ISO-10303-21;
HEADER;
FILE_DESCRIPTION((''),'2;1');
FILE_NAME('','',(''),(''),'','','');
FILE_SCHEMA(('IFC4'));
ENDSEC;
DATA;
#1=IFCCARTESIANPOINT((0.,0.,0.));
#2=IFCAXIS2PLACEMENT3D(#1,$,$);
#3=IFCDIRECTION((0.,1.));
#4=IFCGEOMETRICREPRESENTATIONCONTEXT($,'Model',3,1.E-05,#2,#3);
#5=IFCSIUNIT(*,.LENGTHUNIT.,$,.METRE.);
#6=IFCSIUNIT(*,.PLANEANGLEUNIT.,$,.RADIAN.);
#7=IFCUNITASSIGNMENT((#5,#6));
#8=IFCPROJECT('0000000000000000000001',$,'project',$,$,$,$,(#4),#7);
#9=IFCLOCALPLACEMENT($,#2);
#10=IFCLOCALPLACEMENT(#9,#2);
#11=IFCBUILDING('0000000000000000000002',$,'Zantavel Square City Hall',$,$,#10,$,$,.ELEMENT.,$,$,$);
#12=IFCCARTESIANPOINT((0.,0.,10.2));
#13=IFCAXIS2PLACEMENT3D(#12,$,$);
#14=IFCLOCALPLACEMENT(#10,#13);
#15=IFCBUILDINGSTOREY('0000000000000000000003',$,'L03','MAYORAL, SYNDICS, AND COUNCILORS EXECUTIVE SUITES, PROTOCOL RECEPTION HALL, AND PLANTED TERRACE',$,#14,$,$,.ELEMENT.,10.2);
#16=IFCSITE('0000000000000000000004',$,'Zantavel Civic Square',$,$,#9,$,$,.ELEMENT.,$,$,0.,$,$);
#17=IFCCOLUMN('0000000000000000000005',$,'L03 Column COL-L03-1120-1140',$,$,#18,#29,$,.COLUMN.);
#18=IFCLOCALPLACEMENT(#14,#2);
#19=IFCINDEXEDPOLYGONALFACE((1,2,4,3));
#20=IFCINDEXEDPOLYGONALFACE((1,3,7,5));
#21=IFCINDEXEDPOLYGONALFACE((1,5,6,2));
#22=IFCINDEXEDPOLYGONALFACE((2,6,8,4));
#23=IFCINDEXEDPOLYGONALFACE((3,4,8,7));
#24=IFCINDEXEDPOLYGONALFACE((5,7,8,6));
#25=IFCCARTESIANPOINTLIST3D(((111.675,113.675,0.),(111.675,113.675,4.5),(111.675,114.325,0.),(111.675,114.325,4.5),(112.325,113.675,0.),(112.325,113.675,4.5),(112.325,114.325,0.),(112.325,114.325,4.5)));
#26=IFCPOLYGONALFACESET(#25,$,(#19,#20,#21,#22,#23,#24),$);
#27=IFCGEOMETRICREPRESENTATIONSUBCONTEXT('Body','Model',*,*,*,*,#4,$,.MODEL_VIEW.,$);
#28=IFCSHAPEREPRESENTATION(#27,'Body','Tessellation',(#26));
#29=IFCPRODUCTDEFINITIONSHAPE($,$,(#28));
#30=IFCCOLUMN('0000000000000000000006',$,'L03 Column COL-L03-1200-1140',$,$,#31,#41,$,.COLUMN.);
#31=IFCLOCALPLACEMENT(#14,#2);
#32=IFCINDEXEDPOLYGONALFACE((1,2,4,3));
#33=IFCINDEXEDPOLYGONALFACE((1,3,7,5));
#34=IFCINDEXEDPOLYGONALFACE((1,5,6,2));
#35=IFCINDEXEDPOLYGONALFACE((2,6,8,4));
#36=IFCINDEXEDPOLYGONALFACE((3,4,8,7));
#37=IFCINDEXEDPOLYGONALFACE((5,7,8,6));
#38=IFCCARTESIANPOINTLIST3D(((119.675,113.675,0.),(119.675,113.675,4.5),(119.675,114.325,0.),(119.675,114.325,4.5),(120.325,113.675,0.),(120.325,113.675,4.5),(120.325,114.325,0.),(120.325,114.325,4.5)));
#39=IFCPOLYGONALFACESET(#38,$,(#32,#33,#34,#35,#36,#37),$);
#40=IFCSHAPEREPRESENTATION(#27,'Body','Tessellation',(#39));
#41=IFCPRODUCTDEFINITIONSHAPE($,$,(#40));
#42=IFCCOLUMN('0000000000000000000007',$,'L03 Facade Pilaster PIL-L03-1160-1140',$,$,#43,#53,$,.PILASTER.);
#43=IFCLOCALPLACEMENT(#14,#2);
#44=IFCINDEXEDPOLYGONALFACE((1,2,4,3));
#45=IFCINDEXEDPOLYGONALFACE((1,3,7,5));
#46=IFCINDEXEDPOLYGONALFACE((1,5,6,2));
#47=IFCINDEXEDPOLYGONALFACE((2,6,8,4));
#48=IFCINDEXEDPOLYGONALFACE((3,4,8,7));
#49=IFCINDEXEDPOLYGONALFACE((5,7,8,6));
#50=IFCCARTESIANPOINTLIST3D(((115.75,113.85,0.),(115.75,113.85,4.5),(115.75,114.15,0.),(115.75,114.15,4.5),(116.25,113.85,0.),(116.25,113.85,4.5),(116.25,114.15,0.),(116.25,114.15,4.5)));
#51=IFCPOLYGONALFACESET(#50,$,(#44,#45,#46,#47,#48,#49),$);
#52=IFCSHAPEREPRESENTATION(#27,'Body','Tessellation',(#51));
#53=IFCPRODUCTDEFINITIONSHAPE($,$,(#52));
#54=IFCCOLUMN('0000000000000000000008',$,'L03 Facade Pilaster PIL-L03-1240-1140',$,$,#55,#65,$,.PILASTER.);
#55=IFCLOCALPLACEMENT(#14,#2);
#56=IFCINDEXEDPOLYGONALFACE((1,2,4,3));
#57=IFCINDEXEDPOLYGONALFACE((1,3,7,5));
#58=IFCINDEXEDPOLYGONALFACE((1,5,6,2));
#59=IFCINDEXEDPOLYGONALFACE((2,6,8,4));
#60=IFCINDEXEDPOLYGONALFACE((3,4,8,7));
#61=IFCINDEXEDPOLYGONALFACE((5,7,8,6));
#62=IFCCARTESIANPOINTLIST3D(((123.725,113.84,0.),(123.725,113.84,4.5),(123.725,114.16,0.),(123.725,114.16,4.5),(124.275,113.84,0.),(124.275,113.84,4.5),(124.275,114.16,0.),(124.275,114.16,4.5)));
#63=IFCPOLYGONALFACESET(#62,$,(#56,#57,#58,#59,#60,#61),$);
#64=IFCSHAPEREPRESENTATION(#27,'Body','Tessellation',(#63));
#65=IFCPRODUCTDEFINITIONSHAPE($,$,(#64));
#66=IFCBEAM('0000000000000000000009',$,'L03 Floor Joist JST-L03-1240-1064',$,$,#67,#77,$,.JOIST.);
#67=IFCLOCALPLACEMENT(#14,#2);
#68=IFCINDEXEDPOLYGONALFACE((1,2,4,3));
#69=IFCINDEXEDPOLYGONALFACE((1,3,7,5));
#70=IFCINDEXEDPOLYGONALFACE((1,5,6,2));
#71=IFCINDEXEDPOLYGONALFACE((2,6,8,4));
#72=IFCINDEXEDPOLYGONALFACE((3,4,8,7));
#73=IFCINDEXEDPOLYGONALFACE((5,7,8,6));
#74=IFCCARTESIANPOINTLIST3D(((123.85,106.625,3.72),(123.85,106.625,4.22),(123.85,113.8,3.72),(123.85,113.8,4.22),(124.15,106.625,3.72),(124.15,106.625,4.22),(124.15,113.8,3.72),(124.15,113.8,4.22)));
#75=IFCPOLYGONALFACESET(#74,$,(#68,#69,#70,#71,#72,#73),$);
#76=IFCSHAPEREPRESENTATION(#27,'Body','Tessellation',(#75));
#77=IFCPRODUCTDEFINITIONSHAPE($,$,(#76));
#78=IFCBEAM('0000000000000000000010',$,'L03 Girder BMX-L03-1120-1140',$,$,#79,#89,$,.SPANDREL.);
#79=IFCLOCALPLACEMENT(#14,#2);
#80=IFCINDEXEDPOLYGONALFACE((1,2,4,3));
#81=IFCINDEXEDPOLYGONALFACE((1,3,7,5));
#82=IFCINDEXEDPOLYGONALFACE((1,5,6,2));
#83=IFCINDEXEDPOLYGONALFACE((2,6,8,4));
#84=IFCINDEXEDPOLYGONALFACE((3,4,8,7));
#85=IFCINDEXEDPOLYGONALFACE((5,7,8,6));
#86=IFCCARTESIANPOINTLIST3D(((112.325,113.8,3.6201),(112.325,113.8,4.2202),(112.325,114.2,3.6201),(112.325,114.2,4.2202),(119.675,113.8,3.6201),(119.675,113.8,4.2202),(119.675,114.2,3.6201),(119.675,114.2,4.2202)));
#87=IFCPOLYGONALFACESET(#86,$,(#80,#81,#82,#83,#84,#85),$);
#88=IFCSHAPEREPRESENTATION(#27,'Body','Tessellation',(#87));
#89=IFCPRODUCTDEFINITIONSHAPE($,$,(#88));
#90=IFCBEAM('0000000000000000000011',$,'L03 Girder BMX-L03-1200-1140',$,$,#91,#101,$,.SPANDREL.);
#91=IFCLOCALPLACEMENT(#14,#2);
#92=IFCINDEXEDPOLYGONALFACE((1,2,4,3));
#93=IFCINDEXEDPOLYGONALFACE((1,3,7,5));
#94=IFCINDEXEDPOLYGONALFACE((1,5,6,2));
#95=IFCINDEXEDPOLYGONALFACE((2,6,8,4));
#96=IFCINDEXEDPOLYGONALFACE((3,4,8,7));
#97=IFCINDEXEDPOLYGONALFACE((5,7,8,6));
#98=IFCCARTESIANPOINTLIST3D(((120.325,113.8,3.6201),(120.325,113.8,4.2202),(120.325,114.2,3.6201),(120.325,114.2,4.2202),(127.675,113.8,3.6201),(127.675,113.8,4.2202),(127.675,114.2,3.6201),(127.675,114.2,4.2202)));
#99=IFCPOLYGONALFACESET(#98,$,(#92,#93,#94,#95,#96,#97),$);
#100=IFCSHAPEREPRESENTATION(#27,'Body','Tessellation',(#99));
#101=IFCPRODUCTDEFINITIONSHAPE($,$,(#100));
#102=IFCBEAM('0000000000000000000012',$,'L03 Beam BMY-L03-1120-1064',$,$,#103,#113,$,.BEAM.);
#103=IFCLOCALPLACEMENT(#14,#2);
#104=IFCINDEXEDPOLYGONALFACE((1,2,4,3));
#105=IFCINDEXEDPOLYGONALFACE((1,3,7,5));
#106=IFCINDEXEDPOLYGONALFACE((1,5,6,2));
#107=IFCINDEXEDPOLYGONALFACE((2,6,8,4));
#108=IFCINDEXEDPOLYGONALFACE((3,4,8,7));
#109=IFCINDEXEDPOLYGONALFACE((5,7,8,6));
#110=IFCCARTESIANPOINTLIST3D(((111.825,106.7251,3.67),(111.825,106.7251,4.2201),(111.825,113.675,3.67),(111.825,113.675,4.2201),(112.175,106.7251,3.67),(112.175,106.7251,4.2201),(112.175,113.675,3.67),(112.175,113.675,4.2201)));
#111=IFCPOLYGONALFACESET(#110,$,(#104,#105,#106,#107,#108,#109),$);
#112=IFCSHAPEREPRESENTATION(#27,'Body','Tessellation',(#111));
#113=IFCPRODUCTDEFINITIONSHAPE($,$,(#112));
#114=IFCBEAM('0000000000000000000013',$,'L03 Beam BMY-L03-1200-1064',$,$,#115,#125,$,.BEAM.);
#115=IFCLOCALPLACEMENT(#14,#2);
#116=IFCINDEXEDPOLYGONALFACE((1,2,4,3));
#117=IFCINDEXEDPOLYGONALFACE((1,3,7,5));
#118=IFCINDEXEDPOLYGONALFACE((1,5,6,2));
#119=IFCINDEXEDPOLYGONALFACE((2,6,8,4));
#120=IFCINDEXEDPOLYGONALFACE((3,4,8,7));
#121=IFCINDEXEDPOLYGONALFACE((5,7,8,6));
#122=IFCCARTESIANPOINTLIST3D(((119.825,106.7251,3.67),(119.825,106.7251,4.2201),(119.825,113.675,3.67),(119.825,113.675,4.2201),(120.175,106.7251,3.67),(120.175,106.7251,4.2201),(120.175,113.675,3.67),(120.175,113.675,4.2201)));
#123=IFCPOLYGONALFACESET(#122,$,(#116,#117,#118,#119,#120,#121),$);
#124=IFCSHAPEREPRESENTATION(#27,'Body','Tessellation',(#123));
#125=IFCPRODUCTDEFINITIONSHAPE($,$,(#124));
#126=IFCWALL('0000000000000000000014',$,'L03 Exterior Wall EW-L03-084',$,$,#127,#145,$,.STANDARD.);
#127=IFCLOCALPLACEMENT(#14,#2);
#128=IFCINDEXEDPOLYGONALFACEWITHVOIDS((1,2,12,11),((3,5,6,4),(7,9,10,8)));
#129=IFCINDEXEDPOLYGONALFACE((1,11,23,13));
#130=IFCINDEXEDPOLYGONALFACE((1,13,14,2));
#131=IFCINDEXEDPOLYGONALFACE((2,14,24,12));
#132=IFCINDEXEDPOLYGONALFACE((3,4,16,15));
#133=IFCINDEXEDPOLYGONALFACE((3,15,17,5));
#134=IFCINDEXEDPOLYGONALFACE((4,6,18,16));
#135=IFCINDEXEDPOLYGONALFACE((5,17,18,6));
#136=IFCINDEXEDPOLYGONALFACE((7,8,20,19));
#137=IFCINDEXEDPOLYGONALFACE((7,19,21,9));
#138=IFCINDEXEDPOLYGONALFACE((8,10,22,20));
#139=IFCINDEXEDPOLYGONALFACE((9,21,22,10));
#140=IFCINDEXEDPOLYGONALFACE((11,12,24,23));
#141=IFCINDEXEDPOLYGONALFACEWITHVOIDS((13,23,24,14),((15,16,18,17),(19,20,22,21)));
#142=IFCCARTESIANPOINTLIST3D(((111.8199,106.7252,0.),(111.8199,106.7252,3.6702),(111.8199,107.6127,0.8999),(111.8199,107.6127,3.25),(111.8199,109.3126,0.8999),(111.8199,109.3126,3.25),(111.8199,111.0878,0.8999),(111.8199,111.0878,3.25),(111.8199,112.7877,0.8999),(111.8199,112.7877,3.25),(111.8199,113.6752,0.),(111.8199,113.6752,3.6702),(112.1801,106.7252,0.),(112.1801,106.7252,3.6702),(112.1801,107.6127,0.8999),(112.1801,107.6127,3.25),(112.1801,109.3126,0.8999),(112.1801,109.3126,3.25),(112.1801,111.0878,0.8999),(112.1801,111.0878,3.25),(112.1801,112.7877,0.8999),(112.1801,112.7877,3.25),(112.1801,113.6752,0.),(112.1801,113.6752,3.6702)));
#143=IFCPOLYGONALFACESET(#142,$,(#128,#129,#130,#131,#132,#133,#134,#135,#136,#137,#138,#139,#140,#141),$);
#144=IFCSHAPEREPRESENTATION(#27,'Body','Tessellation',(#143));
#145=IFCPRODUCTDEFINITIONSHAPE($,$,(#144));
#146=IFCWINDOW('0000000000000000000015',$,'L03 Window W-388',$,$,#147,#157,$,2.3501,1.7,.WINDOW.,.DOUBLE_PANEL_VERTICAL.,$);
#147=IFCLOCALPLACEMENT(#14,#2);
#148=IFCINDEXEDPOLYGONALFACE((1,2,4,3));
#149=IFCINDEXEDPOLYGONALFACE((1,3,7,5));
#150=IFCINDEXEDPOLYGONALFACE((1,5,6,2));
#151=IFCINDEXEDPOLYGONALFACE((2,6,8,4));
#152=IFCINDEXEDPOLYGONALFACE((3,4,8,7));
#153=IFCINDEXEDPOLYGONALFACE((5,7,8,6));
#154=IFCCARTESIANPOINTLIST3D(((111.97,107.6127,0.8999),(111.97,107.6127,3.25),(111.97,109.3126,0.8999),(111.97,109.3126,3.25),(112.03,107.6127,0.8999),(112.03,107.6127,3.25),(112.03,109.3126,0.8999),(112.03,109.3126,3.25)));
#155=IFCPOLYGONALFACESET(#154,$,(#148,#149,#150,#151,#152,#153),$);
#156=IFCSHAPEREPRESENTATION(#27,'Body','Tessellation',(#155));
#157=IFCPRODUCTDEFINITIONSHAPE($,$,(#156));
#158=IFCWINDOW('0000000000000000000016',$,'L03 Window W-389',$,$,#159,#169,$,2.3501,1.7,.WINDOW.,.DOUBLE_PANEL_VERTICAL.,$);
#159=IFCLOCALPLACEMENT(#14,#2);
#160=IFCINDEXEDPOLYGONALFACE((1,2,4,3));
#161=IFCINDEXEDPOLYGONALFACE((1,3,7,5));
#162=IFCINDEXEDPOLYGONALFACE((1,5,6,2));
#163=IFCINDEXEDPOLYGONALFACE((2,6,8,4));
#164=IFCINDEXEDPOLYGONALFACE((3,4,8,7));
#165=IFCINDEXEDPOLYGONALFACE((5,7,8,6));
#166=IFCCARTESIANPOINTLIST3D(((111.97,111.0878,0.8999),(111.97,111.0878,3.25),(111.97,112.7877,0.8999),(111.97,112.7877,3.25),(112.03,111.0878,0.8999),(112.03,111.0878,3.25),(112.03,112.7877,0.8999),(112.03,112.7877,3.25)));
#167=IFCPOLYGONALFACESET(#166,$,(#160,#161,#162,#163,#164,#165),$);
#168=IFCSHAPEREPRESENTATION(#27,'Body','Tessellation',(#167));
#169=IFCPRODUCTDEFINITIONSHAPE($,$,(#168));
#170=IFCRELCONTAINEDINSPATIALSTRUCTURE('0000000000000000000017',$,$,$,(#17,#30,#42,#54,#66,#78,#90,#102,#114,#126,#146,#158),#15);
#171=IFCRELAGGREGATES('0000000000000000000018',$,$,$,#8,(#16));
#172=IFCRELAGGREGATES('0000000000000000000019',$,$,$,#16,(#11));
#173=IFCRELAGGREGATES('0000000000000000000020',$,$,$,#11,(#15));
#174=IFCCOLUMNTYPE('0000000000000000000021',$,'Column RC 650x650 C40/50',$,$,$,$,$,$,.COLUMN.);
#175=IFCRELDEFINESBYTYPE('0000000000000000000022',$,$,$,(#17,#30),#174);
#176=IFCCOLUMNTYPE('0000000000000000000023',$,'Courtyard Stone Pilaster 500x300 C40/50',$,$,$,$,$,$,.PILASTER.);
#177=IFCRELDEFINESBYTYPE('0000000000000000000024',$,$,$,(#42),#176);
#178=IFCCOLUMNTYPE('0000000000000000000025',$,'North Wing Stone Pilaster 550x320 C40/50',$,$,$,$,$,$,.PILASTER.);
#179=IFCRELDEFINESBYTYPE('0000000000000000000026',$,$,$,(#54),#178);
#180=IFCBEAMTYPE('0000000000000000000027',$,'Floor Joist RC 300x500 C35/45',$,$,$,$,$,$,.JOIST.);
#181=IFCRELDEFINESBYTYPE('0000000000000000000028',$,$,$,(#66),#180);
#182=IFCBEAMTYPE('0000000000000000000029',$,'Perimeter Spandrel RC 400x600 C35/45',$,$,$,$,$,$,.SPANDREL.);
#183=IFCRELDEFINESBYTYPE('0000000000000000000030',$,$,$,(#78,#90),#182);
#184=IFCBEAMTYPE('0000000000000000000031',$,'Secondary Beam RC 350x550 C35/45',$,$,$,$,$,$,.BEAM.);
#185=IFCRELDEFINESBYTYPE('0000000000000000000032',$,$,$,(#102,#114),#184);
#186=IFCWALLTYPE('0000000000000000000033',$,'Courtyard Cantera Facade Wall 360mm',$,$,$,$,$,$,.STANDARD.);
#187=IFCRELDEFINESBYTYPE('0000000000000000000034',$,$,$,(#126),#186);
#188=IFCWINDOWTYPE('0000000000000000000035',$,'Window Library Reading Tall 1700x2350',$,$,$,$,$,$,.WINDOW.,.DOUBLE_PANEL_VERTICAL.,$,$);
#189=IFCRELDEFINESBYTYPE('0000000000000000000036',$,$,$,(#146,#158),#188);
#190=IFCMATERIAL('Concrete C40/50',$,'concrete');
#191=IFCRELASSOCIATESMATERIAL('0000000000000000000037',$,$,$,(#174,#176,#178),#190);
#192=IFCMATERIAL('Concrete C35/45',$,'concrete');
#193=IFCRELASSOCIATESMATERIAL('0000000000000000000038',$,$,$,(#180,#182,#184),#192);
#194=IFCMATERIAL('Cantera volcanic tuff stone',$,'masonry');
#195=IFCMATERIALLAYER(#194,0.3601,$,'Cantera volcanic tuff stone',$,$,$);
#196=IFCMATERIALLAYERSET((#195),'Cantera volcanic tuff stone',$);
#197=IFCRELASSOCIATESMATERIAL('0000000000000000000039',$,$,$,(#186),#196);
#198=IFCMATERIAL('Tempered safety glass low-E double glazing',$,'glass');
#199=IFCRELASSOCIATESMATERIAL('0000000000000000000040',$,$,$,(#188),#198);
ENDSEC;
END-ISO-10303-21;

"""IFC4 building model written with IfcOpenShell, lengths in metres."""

from ifc_helpers import new_model, si_unit, direction, frame, frame_2d, origin, origin_2d, place, context, subcontext, project, spatial, rectangle, extrude, material, layer, layer_set, material_profile, profile_set, type_object, element, fill, save


model = new_model("IFC4")

# Units and contexts
model_context = context("Model", 3, precision=1e-05, world=origin(), true_north=direction((0.0, 1.0)))
body_context = subcontext(model_context, "Body", "Model", "MODEL_VIEW")
ifc_project = project(units=[si_unit("LENGTHUNIT", "METRE"), si_unit("PLANEANGLEUNIT", "RADIAN")], contexts=[model_context])

# Site, building, storey
site_placement = place(None, origin())
site = spatial("IfcSite", under=ifc_project, at=site_placement, Name="Zantavel Civic Square", CompositionType="ELEMENT", RefElevation=0.0)
building_placement = place(site_placement, origin())
building = spatial("IfcBuilding", under=site, at=building_placement, Name="Zantavel Square City Hall", CompositionType="ELEMENT")
storey_placement = place(building_placement, frame((0.0, 0.0, 10.2)))
storey = spatial("IfcBuildingStorey", under=building, at=storey_placement, Name="L03", Description="MAYORAL, SYNDICS, AND COUNCILORS EXECUTIVE SUITES, PROTOCOL RECEPTION HALL, AND PLANTED TERRACE", CompositionType="ELEMENT", Elevation=10.2)

# Columns
ifc_material_1 = material(Name="Concrete C40/50", Category="concrete")
ifc_material_profile_1 = material_profile(ifc_material_1, rectangle(XDim=0.6499, YDim=0.6499, at=origin_2d()), Name="RC 650x650")
ifc_profile_set_1 = profile_set([ifc_material_profile_1], Name="Concrete C40/50")
column_type_1 = type_object("IfcColumnType", Name="Column RC 650x650 C40/50", PredefinedType="COLUMN", material=ifc_profile_set_1)
for number, where, z_axis, x_axis, name in (
    (1, (112.0, 114.0, 0.0), (0.0, 0.0, 1.0), (1.0, 0.0, 0.0), "L03 Column COL-L03-1120-1140"),
    (2, (120.0, 114.0, 0.0), (0.0, 0.0, 1.0), (1.0, 0.0, 0.0), "L03 Column COL-L03-1200-1140"),
):
    element("IfcColumn", number, at=place(storey_placement, frame(where, z_axis=z_axis, x_axis=x_axis)), inside=storey, type_object=column_type_1, Name=name, PredefinedType="COLUMN", context=body_context, shape_type="SweptSolid", body=[
        extrude(rectangle(XDim=0.6499, YDim=0.6499, at=origin_2d()), origin(), (0.0, 0.0, 1.0), 4.5),
    ])
ifc_material_profile_2 = material_profile(ifc_material_1, rectangle(XDim=0.5, YDim=0.3, at=origin_2d()), Name="RC 500x300")
ifc_profile_set_2 = profile_set([ifc_material_profile_2], Name="Concrete C40/50")
column_type_2 = type_object("IfcColumnType", Name="Courtyard Stone Pilaster 500x300 C40/50", PredefinedType="PILASTER", material=ifc_profile_set_2)
column_1_placement = place(storey_placement, frame((116.0, 114.0, 0.0), z_axis=(0.0, 0.0, 1.0), x_axis=(1.0, 0.0, 0.0)))
element("IfcColumn", 3, at=column_1_placement, inside=storey, type_object=column_type_2, Name="L03 Facade Pilaster PIL-L03-1160-1140", PredefinedType="PILASTER", context=body_context, shape_type="SweptSolid", body=[
    extrude(rectangle(XDim=0.5, YDim=0.3, at=origin_2d()), origin(), (0.0, 0.0, 1.0), 4.5),
])
ifc_material_profile_3 = material_profile(ifc_material_1, rectangle(XDim=0.55, YDim=0.3201, at=origin_2d()), Name="RC 550x320")
ifc_profile_set_3 = profile_set([ifc_material_profile_3], Name="Concrete C40/50")
column_type_3 = type_object("IfcColumnType", Name="North Wing Stone Pilaster 550x320 C40/50", PredefinedType="PILASTER", material=ifc_profile_set_3)
column_2_placement = place(storey_placement, frame((124.0, 114.0, 0.0), z_axis=(0.0, 0.0, 1.0), x_axis=(1.0, 0.0, 0.0)))
element("IfcColumn", 4, at=column_2_placement, inside=storey, type_object=column_type_3, Name="L03 Facade Pilaster PIL-L03-1240-1140", PredefinedType="PILASTER", context=body_context, shape_type="SweptSolid", body=[
    extrude(rectangle(XDim=0.55, YDim=0.3201, at=origin_2d()), origin(), (0.0, 0.0, 1.0), 4.5),
])

# Beams
ifc_material_2 = material(Name="Concrete C35/45", Category="concrete")
ifc_material_profile_4 = material_profile(ifc_material_2, rectangle(XDim=0.3, YDim=0.5, at=origin_2d()), Name="RC 300x500")
ifc_profile_set_4 = profile_set([ifc_material_profile_4], Name="Concrete C35/45")
beam_type_1 = type_object("IfcBeamType", Name="Floor Joist RC 300x500 C35/45", PredefinedType="JOIST", material=ifc_profile_set_4)
beam_placement = place(storey_placement, frame((124.0, 106.625, 3.97), z_axis=(0.0, 1.0, 0.0), x_axis=(-1.0, 0.0, 0.0)))
element("IfcBeam", 5, at=beam_placement, inside=storey, type_object=beam_type_1, Name="L03 Floor Joist JST-L03-1240-1064", PredefinedType="JOIST", context=body_context, shape_type="SweptSolid", body=[
    extrude(rectangle(XDim=0.3, YDim=0.5, at=origin_2d()), origin(), (0.0, 0.0, 1.0), 7.175),
])
ifc_material_profile_5 = material_profile(ifc_material_2, rectangle(XDim=0.3999, YDim=0.6001, at=origin_2d()), Name="RC 400x600")
ifc_profile_set_5 = profile_set([ifc_material_profile_5], Name="Concrete C35/45")
beam_type_2 = type_object("IfcBeamType", Name="Perimeter Spandrel RC 400x600 C35/45", PredefinedType="SPANDREL", material=ifc_profile_set_5)
for number, where, z_axis, x_axis, name in (
    (6, (112.325, 114.0, 3.9202), (1.0, 0.0, 0.0), (0.0, 1.0, 0.0), "L03 Girder BMX-L03-1120-1140"),
    (7, (120.325, 114.0, 3.9202), (1.0, 0.0, 0.0), (0.0, 1.0, 0.0), "L03 Girder BMX-L03-1200-1140"),
):
    element("IfcBeam", number, at=place(storey_placement, frame(where, z_axis=z_axis, x_axis=x_axis)), inside=storey, type_object=beam_type_2, Name=name, PredefinedType="SPANDREL", context=body_context, shape_type="SweptSolid", body=[
        extrude(rectangle(XDim=0.3999, YDim=0.6001, at=origin_2d()), origin(), (0.0, 0.0, 1.0), 7.3501),
    ])
ifc_material_profile_6 = material_profile(ifc_material_2, rectangle(XDim=0.3501, YDim=0.55, at=origin_2d()), Name="RC 350x550")
ifc_profile_set_6 = profile_set([ifc_material_profile_6], Name="Concrete C35/45")
beam_type_3 = type_object("IfcBeamType", Name="Secondary Beam RC 350x550 C35/45", PredefinedType="BEAM", material=ifc_profile_set_6)
for number, where, z_axis, x_axis, name in (
    (8, (112.0, 106.7251, 3.9451), (0.0, 1.0, 0.0), (-1.0, 0.0, 0.0), "L03 Beam BMY-L03-1120-1064"),
    (9, (120.0, 106.7251, 3.9451), (0.0, 1.0, 0.0), (-1.0, 0.0, 0.0), "L03 Beam BMY-L03-1200-1064"),
):
    element("IfcBeam", number, at=place(storey_placement, frame(where, z_axis=z_axis, x_axis=x_axis)), inside=storey, type_object=beam_type_3, Name=name, PredefinedType="BEAM", context=body_context, shape_type="SweptSolid", body=[
        extrude(rectangle(XDim=0.3501, YDim=0.55, at=origin_2d()), origin(), (0.0, 0.0, 1.0), 6.95),
    ])

# Wall, openings, windows
ifc_material_3 = material(Name="Cantera volcanic tuff stone", Category="masonry")
ifc_layer_1 = layer(ifc_material_3, 0.3601, Name="Cantera volcanic tuff stone")
ifc_layer_set_1 = layer_set([ifc_layer_1], Name="Cantera volcanic tuff stone")
wall_type_1 = type_object("IfcWallType", Name="Courtyard Cantera Facade Wall 360mm", PredefinedType="STANDARD", material=ifc_layer_set_1)
wall_1_placement = place(storey_placement, frame((112.0, 106.7251, 0.0), z_axis=(0.0, 0.0, 1.0), x_axis=(0.0, 1.0, 0.0)))
wall_1 = element("IfcWall", 10, at=wall_1_placement, inside=storey, type_object=wall_type_1, Name="L03 Exterior Wall EW-L03-084", PredefinedType="STANDARD", context=body_context, shape_type="SweptSolid", body=[
    extrude(rectangle(XDim=6.95, YDim=0.3601, at=frame_2d((3.4751, 0.0))), origin(), (0.0, 0.0, 1.0), 3.6702),
])
opening_1_placement = place(wall_1_placement, frame((0.8875, 0.0, 0.8999)))
opening_1 = element("IfcOpeningElement", 11, at=opening_1_placement, cuts=wall_1, PredefinedType="OPENING", context=body_context, shape_type="SweptSolid", body=[
    extrude(rectangle(XDim=1.7, YDim=2.3501, at=frame_2d((0.8501, 1.175))), frame((0.0, 0.1899, 0.0), z_axis=(0.0, -1.0, 0.0), x_axis=(1.0, 0.0, 0.0)), (0.0, 0.0, 1.0), 0.3801),
])
opening_2_placement = place(wall_1_placement, frame((4.3625, 0.0, 0.8999)))
opening_2 = element("IfcOpeningElement", 12, at=opening_2_placement, cuts=wall_1, PredefinedType="OPENING", context=body_context, shape_type="SweptSolid", body=[
    extrude(rectangle(XDim=1.7, YDim=2.3501, at=frame_2d((0.8501, 1.175))), frame((0.0, 0.1899, 0.0), z_axis=(0.0, -1.0, 0.0), x_axis=(1.0, 0.0, 0.0)), (0.0, 0.0, 1.0), 0.3801),
])
ifc_material_4 = material(Name="Tempered safety glass low-E double glazing", Category="glass")
window_type_1 = type_object("IfcWindowType", Name="Window Library Reading Tall 1700x2350", PartitioningType="DOUBLE_PANEL_VERTICAL", PredefinedType="WINDOW", material=ifc_material_4)
window_1_placement = place(opening_1_placement, origin())
window_1 = element("IfcWindow", 13, at=window_1_placement, inside=storey, type_object=window_type_1, Name="L03 Window W-388", OverallHeight=2.3501, OverallWidth=1.7, PartitioningType="DOUBLE_PANEL_VERTICAL", PredefinedType="WINDOW", context=body_context, shape_type="SweptSolid", body=[
    extrude(rectangle(XDim=1.7, YDim=2.3501, at=frame_2d((0.8501, 1.175))), frame((0.0, 0.03, 0.0), z_axis=(0.0, -1.0, 0.0), x_axis=(1.0, 0.0, 0.0)), (0.0, 0.0, 1.0), 0.0601),
])
fill(opening_1, window_1)
window_2_placement = place(opening_2_placement, origin())
window_2 = element("IfcWindow", 14, at=window_2_placement, inside=storey, type_object=window_type_1, Name="L03 Window W-389", OverallHeight=2.3501, OverallWidth=1.7, PartitioningType="DOUBLE_PANEL_VERTICAL", PredefinedType="WINDOW", context=body_context, shape_type="SweptSolid", body=[
    extrude(rectangle(XDim=1.7, YDim=2.3501, at=frame_2d((0.8501, 1.175))), frame((0.0, 0.03, 0.0), z_axis=(0.0, -1.0, 0.0), x_axis=(1.0, 0.0, 0.0)), (0.0, 0.0, 1.0), 0.0601),
])
fill(opening_2, window_2)

save(model, "model.ifc")
